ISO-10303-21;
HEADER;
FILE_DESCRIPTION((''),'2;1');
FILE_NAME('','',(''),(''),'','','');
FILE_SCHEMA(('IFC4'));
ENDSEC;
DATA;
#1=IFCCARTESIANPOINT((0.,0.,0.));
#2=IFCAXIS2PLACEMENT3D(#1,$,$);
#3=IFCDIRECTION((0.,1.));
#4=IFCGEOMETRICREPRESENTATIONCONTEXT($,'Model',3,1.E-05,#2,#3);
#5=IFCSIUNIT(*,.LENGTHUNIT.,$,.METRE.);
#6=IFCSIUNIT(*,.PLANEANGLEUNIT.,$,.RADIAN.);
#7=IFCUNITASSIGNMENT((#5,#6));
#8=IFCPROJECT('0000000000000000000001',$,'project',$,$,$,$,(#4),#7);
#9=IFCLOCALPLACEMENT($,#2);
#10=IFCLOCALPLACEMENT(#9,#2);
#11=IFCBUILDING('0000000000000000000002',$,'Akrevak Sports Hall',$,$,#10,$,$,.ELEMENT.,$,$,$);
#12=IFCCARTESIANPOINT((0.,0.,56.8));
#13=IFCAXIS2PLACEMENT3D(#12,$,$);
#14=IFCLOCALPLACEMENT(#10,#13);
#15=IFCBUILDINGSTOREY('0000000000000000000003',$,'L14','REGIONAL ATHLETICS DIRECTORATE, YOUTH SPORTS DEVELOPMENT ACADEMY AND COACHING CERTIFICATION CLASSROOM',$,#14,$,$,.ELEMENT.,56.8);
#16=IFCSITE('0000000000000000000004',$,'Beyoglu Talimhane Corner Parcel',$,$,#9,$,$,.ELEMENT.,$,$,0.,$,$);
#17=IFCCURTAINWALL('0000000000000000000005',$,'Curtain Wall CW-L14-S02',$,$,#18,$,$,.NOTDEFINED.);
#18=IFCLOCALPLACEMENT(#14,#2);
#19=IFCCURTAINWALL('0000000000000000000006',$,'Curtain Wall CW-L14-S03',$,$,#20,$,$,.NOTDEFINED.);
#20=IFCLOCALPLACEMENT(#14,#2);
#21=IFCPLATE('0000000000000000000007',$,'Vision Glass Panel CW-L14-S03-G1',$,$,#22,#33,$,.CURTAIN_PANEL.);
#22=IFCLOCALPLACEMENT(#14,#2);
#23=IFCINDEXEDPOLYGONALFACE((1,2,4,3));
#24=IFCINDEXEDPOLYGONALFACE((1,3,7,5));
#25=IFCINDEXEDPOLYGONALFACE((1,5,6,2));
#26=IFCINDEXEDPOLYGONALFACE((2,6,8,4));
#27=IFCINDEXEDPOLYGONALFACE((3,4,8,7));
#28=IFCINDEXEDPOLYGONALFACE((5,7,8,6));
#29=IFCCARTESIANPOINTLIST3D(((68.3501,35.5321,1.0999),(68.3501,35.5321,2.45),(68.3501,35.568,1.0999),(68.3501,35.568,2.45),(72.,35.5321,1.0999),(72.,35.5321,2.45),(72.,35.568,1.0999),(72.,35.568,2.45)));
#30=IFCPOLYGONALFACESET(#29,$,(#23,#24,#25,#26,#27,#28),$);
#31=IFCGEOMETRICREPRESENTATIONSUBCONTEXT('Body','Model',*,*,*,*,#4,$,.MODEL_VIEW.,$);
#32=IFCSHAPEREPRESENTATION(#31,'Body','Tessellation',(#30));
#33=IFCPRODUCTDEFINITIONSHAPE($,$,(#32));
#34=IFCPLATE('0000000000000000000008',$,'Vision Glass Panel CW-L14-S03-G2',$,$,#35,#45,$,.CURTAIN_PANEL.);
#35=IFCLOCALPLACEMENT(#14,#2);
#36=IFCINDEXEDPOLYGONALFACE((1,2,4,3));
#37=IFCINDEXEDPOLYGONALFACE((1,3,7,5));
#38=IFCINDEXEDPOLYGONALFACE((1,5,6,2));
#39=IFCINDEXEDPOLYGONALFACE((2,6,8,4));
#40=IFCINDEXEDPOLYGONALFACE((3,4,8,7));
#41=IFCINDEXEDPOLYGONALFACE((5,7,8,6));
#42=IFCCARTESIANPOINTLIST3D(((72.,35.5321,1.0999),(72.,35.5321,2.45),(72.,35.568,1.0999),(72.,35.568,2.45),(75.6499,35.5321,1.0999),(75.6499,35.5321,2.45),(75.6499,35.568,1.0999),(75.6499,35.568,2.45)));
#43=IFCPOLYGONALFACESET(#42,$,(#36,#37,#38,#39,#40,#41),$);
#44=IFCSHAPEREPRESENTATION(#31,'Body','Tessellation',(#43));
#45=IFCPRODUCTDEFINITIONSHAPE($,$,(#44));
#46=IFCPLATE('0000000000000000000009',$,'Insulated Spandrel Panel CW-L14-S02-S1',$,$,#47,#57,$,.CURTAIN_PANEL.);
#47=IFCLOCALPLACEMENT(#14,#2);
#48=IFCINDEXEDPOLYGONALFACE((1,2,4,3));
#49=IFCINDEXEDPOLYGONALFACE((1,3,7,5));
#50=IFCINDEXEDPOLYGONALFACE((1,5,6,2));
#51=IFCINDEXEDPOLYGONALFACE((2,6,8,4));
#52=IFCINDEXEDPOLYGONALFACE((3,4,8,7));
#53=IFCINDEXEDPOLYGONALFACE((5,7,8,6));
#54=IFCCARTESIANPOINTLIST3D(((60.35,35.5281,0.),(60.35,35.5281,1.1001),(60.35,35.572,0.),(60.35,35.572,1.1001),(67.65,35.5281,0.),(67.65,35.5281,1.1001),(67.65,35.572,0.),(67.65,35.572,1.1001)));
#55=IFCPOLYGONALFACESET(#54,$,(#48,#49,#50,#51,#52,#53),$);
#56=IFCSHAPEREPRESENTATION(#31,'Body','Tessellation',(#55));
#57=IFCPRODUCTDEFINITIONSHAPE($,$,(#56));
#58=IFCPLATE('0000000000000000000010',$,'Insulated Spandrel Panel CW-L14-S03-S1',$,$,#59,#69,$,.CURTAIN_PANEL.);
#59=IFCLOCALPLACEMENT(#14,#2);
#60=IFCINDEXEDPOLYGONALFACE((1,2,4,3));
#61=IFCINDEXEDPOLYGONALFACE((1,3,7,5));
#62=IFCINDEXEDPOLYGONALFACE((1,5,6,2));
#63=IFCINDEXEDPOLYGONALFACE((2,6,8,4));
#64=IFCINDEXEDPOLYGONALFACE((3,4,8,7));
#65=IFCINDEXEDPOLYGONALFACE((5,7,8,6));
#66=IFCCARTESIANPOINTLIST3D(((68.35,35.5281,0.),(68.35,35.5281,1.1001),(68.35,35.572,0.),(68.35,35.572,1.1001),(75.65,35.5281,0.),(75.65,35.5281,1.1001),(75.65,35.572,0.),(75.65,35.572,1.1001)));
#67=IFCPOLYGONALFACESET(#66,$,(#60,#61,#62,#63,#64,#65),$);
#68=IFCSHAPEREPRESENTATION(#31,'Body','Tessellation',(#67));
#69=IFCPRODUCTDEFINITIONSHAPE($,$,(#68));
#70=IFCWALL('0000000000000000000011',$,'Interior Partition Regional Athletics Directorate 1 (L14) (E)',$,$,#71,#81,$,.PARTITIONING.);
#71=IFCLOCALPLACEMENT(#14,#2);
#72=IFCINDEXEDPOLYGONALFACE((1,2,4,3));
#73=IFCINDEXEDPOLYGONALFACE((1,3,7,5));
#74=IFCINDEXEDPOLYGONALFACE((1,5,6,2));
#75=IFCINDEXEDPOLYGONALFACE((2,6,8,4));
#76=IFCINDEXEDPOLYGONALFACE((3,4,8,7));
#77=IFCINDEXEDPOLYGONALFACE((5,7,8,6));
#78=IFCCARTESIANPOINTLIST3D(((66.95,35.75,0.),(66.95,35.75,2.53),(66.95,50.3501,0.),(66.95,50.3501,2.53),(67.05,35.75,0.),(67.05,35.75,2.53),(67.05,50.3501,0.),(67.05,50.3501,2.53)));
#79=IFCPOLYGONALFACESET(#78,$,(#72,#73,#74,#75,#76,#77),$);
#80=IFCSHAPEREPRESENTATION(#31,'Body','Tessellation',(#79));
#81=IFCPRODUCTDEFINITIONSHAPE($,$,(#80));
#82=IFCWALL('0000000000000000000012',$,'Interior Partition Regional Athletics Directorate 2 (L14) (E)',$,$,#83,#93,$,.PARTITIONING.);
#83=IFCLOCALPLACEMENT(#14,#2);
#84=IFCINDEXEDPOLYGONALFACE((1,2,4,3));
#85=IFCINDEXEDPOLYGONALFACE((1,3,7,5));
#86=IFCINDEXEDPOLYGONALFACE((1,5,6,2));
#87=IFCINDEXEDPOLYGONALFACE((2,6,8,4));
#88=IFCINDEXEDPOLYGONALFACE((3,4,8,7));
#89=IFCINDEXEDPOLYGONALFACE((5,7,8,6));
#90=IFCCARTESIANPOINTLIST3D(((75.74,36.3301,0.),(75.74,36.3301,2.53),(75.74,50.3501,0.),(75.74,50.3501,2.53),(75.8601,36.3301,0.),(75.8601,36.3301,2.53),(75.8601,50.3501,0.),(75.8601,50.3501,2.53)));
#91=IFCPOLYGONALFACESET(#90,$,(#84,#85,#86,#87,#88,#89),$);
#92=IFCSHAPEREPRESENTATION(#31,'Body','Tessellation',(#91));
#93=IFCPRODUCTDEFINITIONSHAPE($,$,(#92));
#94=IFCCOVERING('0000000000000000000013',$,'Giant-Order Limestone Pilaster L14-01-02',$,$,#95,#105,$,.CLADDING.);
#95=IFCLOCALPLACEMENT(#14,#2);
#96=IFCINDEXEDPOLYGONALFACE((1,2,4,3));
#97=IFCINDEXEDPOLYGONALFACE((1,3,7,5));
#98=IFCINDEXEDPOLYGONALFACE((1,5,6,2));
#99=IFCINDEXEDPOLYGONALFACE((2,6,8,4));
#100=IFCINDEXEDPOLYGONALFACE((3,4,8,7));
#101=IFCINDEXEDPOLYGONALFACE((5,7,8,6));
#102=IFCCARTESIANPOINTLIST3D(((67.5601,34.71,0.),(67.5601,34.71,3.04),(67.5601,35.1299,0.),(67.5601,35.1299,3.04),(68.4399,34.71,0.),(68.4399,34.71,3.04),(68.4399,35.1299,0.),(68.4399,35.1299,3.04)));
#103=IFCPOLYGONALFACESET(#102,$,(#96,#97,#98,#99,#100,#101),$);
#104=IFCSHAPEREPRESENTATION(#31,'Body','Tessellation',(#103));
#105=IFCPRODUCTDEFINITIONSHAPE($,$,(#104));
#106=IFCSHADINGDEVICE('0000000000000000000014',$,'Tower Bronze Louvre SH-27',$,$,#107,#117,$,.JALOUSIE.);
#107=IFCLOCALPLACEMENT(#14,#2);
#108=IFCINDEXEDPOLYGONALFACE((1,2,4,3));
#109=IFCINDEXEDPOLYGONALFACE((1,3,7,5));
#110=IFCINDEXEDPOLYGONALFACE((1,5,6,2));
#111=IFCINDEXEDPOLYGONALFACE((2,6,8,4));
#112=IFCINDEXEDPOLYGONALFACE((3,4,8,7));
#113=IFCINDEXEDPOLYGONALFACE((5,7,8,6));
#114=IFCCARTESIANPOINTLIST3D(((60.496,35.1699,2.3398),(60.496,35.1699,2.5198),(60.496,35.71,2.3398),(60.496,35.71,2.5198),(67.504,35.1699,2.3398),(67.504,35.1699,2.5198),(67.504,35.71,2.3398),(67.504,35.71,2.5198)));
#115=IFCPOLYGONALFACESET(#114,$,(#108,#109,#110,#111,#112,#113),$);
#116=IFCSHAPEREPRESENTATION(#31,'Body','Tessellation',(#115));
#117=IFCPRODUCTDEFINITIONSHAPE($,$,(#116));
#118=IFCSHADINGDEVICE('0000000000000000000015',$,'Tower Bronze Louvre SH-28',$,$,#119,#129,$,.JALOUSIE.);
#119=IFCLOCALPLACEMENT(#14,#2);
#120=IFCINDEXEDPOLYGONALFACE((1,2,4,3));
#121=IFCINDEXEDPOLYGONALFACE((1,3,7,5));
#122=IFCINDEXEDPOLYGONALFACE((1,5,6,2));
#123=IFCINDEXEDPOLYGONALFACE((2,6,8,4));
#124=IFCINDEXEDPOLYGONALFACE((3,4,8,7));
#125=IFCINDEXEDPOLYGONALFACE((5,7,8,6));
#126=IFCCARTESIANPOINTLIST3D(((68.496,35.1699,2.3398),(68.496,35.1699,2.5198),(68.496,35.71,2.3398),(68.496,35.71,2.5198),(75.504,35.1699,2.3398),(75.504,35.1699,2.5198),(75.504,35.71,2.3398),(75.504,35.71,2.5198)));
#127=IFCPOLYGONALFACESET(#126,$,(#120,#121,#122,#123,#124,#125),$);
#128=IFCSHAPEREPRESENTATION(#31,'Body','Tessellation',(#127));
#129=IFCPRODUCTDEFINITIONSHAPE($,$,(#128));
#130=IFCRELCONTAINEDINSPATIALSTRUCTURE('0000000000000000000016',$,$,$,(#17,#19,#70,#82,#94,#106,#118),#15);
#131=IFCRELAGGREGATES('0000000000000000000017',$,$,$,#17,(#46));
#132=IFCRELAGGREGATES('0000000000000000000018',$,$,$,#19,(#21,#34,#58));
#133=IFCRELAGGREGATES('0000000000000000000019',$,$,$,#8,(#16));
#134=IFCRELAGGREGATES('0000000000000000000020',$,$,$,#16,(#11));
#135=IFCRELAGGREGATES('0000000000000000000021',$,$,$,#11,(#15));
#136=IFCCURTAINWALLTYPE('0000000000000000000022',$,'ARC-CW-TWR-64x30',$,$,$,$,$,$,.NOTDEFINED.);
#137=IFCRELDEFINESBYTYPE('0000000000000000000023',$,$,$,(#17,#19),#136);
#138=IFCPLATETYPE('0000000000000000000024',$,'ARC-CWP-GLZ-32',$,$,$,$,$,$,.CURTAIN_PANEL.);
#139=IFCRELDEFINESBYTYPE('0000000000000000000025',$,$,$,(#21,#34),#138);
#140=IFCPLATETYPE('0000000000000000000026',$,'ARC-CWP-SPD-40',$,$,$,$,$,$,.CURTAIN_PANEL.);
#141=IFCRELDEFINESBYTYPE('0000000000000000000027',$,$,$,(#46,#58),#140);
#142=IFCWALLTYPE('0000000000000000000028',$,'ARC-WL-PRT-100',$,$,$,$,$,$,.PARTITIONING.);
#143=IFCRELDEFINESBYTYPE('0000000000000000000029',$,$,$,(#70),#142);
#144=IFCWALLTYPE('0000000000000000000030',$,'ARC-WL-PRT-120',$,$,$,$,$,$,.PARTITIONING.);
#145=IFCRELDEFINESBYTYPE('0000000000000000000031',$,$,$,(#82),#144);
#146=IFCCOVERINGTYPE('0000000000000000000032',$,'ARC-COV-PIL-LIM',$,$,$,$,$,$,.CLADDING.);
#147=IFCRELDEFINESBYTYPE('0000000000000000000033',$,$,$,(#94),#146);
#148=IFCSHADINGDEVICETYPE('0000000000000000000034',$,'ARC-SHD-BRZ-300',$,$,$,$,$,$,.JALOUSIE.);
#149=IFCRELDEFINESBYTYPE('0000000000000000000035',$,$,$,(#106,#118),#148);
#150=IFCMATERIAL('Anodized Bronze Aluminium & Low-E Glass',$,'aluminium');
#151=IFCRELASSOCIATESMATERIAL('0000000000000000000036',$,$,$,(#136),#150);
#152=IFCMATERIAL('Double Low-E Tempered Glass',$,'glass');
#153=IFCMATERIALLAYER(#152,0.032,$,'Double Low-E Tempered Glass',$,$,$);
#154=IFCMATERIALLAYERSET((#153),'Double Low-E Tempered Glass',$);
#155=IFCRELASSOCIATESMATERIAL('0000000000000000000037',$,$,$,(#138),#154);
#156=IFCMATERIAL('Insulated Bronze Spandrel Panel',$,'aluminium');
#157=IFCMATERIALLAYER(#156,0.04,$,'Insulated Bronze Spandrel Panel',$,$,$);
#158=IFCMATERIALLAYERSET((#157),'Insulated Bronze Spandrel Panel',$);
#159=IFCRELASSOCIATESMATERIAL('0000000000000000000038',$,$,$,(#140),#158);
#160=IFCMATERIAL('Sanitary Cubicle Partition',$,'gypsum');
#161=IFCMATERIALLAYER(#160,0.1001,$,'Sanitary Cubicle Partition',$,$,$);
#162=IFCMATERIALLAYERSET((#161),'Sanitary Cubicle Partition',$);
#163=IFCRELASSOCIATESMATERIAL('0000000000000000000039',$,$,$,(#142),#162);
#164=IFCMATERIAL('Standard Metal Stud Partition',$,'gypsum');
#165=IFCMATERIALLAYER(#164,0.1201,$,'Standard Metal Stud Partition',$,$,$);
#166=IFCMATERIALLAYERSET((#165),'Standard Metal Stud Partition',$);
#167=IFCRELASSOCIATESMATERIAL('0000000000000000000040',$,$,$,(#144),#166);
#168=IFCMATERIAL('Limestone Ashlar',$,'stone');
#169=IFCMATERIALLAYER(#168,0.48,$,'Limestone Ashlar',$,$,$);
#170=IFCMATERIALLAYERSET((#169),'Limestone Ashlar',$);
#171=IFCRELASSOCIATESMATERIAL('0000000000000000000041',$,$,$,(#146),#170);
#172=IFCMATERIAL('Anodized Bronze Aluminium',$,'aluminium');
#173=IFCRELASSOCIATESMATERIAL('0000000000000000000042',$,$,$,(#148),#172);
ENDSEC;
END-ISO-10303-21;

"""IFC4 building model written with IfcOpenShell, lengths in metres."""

from ifc_helpers import new_model, si_unit, direction, frame, frame_2d, origin, origin_2d, place, context, subcontext, project, spatial, rectangle, extrude, material, layer, layer_set, type_object, element, aggregate, save


model = new_model("IFC4")

# Units and contexts
model_context = context("Model", 3, precision=1e-05, world=origin(), true_north=direction((0.0, 1.0)))
body_context = subcontext(model_context, "Body", "Model", "MODEL_VIEW")
ifc_project = project(units=[si_unit("LENGTHUNIT", "METRE"), si_unit("PLANEANGLEUNIT", "RADIAN")], contexts=[model_context])

# Site, building, storey
site_placement = place(None, origin())
site = spatial("IfcSite", under=ifc_project, at=site_placement, Name="Beyoglu Talimhane Corner Parcel", CompositionType="ELEMENT", RefElevation=0.0)
building_placement = place(site_placement, origin())
building = spatial("IfcBuilding", under=site, at=building_placement, Name="Akrevak Sports Hall", CompositionType="ELEMENT")
storey_placement = place(building_placement, frame((0.0, 0.0, 56.8)))
storey = spatial("IfcBuildingStorey", under=building, at=storey_placement, Name="L14", Description="REGIONAL ATHLETICS DIRECTORATE, YOUTH SPORTS DEVELOPMENT ACADEMY AND COACHING CERTIFICATION CLASSROOM", CompositionType="ELEMENT", Elevation=56.8)

# Curtain walls
ifc_material_1 = material(Name="Anodized Bronze Aluminium & Low-E Glass", Category="aluminium")
curtain_wall_type = type_object("IfcCurtainWallType", Name="ARC-CW-TWR-64x30", PredefinedType="NOTDEFINED", material=ifc_material_1)
curtain_wall_1_placement = place(storey_placement, origin())
curtain_wall_1 = element("IfcCurtainWall", 1, at=curtain_wall_1_placement, inside=storey, type_object=curtain_wall_type, Name="Curtain Wall CW-L14-S02", PredefinedType="NOTDEFINED")
ifc_material_2 = material(Name="Anodized Bronze Aluminium", Category="aluminium")
curtain_wall_2_placement = place(storey_placement, origin())
curtain_wall_2 = element("IfcCurtainWall", 2, at=curtain_wall_2_placement, inside=storey, type_object=curtain_wall_type, Name="Curtain Wall CW-L14-S03", PredefinedType="NOTDEFINED")

# Plates
ifc_material_3 = material(Name="Double Low-E Tempered Glass", Category="glass")
ifc_layer_1 = layer(ifc_material_3, 0.032, Name="Double Low-E Tempered Glass")
ifc_layer_set_1 = layer_set([ifc_layer_1], Name="Double Low-E Tempered Glass")
plate_type_1 = type_object("IfcPlateType", Name="ARC-CWP-GLZ-32", PredefinedType="CURTAIN_PANEL", material=ifc_layer_set_1)
plate_1_placement = place(storey_placement, frame((70.175, 35.55, 1.0999), z_axis=(0.0, 0.0, 1.0), x_axis=(1.0, 0.0, 0.0)))
plate_1 = element("IfcPlate", 3, at=plate_1_placement, type_object=plate_type_1, Name="Vision Glass Panel CW-L14-S03-G1", PredefinedType="CURTAIN_PANEL", context=body_context, shape_type="SweptSolid", body=[
    extrude(rectangle(XDim=3.6499, YDim=0.0359, at=origin_2d()), origin(), (0.0, 0.0, 1.0), 1.3501),
])
plate_2_placement = place(storey_placement, frame((73.825, 35.55, 1.0999), z_axis=(0.0, 0.0, 1.0), x_axis=(1.0, 0.0, 0.0)))
plate_2 = element("IfcPlate", 4, at=plate_2_placement, type_object=plate_type_1, Name="Vision Glass Panel CW-L14-S03-G2", PredefinedType="CURTAIN_PANEL", context=body_context, shape_type="SweptSolid", body=[
    extrude(rectangle(XDim=3.6499, YDim=0.0359, at=origin_2d()), origin(), (0.0, 0.0, 1.0), 1.3501),
])
ifc_material_4 = material(Name="Insulated Bronze Spandrel Panel", Category="aluminium")
ifc_layer_2 = layer(ifc_material_4, 0.04, Name="Insulated Bronze Spandrel Panel")
ifc_layer_set_2 = layer_set([ifc_layer_2], Name="Insulated Bronze Spandrel Panel")
plate_type_2 = type_object("IfcPlateType", Name="ARC-CWP-SPD-40", PredefinedType="CURTAIN_PANEL", material=ifc_layer_set_2)
plate_3_placement = place(storey_placement, frame((64.0, 35.55, 0.0), z_axis=(0.0, 0.0, 1.0), x_axis=(1.0, 0.0, 0.0)))
plate_3 = element("IfcPlate", 5, at=plate_3_placement, type_object=plate_type_2, Name="Insulated Spandrel Panel CW-L14-S02-S1", PredefinedType="CURTAIN_PANEL", context=body_context, shape_type="SweptSolid", body=[
    extrude(rectangle(XDim=7.3, YDim=0.0439, at=origin_2d()), origin(), (0.0, 0.0, 1.0), 1.1001),
])
aggregate(curtain_wall_1, [plate_3])
plate_4_placement = place(storey_placement, frame((72.0, 35.55, 0.0), z_axis=(0.0, 0.0, 1.0), x_axis=(1.0, 0.0, 0.0)))
plate_4 = element("IfcPlate", 6, at=plate_4_placement, type_object=plate_type_2, Name="Insulated Spandrel Panel CW-L14-S03-S1", PredefinedType="CURTAIN_PANEL", context=body_context, shape_type="SweptSolid", body=[
    extrude(rectangle(XDim=7.3, YDim=0.0439, at=origin_2d()), origin(), (0.0, 0.0, 1.0), 1.1001),
])
aggregate(curtain_wall_2, [plate_1, plate_2, plate_4])

# Walls
ifc_material_5 = material(Name="Sanitary Cubicle Partition", Category="gypsum")
ifc_layer_3 = layer(ifc_material_5, 0.1001, Name="Sanitary Cubicle Partition")
ifc_layer_set_3 = layer_set([ifc_layer_3], Name="Sanitary Cubicle Partition")
wall_type_1 = type_object("IfcWallType", Name="ARC-WL-PRT-100", PredefinedType="PARTITIONING", material=ifc_layer_set_3)
wall_1_placement = place(storey_placement, frame((67.0, 35.75, 0.0), z_axis=(0.0, 0.0, 1.0), x_axis=(0.0, 1.0, 0.0)))
element("IfcWall", 7, at=wall_1_placement, inside=storey, type_object=wall_type_1, Name="Interior Partition Regional Athletics Directorate 1 (L14) (E)", PredefinedType="PARTITIONING", context=body_context, shape_type="SweptSolid", body=[
    extrude(rectangle(XDim=14.6001, YDim=0.1001, at=frame_2d((7.3, 0.0))), origin(), (0.0, 0.0, 1.0), 2.53),
])
ifc_material_6 = material(Name="Standard Metal Stud Partition", Category="gypsum")
ifc_layer_4 = layer(ifc_material_6, 0.1201, Name="Standard Metal Stud Partition")
ifc_layer_set_4 = layer_set([ifc_layer_4], Name="Standard Metal Stud Partition")
wall_type_2 = type_object("IfcWallType", Name="ARC-WL-PRT-120", PredefinedType="PARTITIONING", material=ifc_layer_set_4)
wall_2_placement = place(storey_placement, frame((75.8, 36.3301, 0.0), z_axis=(0.0, 0.0, 1.0), x_axis=(0.0, 1.0, 0.0)))
element("IfcWall", 8, at=wall_2_placement, inside=storey, type_object=wall_type_2, Name="Interior Partition Regional Athletics Directorate 2 (L14) (E)", PredefinedType="PARTITIONING", context=body_context, shape_type="SweptSolid", body=[
    extrude(rectangle(XDim=14.02, YDim=0.1201, at=frame_2d((7.01, 0.0))), origin(), (0.0, 0.0, 1.0), 2.53),
])

# Covering
ifc_material_7 = material(Name="Limestone Ashlar", Category="stone")
ifc_layer_5 = layer(ifc_material_7, 0.48, Name="Limestone Ashlar")
ifc_layer_set_5 = layer_set([ifc_layer_5], Name="Limestone Ashlar")
covering_type = type_object("IfcCoveringType", Name="ARC-COV-PIL-LIM", PredefinedType="CLADDING", material=ifc_layer_set_5)
covering_placement = place(storey_placement, frame((68.0, 34.9199, 0.0), z_axis=(0.0, 0.0, 1.0), x_axis=(1.0, 0.0, 0.0)))
element("IfcCovering", 9, at=covering_placement, inside=storey, type_object=covering_type, Name="Giant-Order Limestone Pilaster L14-01-02", PredefinedType="CLADDING", context=body_context, shape_type="SweptSolid", body=[
    extrude(rectangle(XDim=0.8799, YDim=0.4199, at=origin_2d()), origin(), (0.0, 0.0, 1.0), 3.04),
])

# Shading devices
shading_device_type = type_object("IfcShadingDeviceType", Name="ARC-SHD-BRZ-300", PredefinedType="JALOUSIE", material=ifc_material_2)
for number, where, z_axis, x_axis, name in (
    (10, (64.0, 35.4399, 2.3398), (0.0, 0.0, 1.0), (1.0, 0.0, 0.0), "Tower Bronze Louvre SH-27"),
    (11, (72.0, 35.4399, 2.3398), (0.0, 0.0, 1.0), (1.0, 0.0, 0.0), "Tower Bronze Louvre SH-28"),
):
    element("IfcShadingDevice", number, at=place(storey_placement, frame(where, z_axis=z_axis, x_axis=x_axis)), inside=storey, type_object=shading_device_type, Name=name, PredefinedType="JALOUSIE", context=body_context, shape_type="SweptSolid", body=[
        extrude(rectangle(XDim=7.0081, YDim=0.54, at=origin_2d()), origin(), (0.0, 0.0, 1.0), 0.1799),
    ])

save(model, "model.ifc")
